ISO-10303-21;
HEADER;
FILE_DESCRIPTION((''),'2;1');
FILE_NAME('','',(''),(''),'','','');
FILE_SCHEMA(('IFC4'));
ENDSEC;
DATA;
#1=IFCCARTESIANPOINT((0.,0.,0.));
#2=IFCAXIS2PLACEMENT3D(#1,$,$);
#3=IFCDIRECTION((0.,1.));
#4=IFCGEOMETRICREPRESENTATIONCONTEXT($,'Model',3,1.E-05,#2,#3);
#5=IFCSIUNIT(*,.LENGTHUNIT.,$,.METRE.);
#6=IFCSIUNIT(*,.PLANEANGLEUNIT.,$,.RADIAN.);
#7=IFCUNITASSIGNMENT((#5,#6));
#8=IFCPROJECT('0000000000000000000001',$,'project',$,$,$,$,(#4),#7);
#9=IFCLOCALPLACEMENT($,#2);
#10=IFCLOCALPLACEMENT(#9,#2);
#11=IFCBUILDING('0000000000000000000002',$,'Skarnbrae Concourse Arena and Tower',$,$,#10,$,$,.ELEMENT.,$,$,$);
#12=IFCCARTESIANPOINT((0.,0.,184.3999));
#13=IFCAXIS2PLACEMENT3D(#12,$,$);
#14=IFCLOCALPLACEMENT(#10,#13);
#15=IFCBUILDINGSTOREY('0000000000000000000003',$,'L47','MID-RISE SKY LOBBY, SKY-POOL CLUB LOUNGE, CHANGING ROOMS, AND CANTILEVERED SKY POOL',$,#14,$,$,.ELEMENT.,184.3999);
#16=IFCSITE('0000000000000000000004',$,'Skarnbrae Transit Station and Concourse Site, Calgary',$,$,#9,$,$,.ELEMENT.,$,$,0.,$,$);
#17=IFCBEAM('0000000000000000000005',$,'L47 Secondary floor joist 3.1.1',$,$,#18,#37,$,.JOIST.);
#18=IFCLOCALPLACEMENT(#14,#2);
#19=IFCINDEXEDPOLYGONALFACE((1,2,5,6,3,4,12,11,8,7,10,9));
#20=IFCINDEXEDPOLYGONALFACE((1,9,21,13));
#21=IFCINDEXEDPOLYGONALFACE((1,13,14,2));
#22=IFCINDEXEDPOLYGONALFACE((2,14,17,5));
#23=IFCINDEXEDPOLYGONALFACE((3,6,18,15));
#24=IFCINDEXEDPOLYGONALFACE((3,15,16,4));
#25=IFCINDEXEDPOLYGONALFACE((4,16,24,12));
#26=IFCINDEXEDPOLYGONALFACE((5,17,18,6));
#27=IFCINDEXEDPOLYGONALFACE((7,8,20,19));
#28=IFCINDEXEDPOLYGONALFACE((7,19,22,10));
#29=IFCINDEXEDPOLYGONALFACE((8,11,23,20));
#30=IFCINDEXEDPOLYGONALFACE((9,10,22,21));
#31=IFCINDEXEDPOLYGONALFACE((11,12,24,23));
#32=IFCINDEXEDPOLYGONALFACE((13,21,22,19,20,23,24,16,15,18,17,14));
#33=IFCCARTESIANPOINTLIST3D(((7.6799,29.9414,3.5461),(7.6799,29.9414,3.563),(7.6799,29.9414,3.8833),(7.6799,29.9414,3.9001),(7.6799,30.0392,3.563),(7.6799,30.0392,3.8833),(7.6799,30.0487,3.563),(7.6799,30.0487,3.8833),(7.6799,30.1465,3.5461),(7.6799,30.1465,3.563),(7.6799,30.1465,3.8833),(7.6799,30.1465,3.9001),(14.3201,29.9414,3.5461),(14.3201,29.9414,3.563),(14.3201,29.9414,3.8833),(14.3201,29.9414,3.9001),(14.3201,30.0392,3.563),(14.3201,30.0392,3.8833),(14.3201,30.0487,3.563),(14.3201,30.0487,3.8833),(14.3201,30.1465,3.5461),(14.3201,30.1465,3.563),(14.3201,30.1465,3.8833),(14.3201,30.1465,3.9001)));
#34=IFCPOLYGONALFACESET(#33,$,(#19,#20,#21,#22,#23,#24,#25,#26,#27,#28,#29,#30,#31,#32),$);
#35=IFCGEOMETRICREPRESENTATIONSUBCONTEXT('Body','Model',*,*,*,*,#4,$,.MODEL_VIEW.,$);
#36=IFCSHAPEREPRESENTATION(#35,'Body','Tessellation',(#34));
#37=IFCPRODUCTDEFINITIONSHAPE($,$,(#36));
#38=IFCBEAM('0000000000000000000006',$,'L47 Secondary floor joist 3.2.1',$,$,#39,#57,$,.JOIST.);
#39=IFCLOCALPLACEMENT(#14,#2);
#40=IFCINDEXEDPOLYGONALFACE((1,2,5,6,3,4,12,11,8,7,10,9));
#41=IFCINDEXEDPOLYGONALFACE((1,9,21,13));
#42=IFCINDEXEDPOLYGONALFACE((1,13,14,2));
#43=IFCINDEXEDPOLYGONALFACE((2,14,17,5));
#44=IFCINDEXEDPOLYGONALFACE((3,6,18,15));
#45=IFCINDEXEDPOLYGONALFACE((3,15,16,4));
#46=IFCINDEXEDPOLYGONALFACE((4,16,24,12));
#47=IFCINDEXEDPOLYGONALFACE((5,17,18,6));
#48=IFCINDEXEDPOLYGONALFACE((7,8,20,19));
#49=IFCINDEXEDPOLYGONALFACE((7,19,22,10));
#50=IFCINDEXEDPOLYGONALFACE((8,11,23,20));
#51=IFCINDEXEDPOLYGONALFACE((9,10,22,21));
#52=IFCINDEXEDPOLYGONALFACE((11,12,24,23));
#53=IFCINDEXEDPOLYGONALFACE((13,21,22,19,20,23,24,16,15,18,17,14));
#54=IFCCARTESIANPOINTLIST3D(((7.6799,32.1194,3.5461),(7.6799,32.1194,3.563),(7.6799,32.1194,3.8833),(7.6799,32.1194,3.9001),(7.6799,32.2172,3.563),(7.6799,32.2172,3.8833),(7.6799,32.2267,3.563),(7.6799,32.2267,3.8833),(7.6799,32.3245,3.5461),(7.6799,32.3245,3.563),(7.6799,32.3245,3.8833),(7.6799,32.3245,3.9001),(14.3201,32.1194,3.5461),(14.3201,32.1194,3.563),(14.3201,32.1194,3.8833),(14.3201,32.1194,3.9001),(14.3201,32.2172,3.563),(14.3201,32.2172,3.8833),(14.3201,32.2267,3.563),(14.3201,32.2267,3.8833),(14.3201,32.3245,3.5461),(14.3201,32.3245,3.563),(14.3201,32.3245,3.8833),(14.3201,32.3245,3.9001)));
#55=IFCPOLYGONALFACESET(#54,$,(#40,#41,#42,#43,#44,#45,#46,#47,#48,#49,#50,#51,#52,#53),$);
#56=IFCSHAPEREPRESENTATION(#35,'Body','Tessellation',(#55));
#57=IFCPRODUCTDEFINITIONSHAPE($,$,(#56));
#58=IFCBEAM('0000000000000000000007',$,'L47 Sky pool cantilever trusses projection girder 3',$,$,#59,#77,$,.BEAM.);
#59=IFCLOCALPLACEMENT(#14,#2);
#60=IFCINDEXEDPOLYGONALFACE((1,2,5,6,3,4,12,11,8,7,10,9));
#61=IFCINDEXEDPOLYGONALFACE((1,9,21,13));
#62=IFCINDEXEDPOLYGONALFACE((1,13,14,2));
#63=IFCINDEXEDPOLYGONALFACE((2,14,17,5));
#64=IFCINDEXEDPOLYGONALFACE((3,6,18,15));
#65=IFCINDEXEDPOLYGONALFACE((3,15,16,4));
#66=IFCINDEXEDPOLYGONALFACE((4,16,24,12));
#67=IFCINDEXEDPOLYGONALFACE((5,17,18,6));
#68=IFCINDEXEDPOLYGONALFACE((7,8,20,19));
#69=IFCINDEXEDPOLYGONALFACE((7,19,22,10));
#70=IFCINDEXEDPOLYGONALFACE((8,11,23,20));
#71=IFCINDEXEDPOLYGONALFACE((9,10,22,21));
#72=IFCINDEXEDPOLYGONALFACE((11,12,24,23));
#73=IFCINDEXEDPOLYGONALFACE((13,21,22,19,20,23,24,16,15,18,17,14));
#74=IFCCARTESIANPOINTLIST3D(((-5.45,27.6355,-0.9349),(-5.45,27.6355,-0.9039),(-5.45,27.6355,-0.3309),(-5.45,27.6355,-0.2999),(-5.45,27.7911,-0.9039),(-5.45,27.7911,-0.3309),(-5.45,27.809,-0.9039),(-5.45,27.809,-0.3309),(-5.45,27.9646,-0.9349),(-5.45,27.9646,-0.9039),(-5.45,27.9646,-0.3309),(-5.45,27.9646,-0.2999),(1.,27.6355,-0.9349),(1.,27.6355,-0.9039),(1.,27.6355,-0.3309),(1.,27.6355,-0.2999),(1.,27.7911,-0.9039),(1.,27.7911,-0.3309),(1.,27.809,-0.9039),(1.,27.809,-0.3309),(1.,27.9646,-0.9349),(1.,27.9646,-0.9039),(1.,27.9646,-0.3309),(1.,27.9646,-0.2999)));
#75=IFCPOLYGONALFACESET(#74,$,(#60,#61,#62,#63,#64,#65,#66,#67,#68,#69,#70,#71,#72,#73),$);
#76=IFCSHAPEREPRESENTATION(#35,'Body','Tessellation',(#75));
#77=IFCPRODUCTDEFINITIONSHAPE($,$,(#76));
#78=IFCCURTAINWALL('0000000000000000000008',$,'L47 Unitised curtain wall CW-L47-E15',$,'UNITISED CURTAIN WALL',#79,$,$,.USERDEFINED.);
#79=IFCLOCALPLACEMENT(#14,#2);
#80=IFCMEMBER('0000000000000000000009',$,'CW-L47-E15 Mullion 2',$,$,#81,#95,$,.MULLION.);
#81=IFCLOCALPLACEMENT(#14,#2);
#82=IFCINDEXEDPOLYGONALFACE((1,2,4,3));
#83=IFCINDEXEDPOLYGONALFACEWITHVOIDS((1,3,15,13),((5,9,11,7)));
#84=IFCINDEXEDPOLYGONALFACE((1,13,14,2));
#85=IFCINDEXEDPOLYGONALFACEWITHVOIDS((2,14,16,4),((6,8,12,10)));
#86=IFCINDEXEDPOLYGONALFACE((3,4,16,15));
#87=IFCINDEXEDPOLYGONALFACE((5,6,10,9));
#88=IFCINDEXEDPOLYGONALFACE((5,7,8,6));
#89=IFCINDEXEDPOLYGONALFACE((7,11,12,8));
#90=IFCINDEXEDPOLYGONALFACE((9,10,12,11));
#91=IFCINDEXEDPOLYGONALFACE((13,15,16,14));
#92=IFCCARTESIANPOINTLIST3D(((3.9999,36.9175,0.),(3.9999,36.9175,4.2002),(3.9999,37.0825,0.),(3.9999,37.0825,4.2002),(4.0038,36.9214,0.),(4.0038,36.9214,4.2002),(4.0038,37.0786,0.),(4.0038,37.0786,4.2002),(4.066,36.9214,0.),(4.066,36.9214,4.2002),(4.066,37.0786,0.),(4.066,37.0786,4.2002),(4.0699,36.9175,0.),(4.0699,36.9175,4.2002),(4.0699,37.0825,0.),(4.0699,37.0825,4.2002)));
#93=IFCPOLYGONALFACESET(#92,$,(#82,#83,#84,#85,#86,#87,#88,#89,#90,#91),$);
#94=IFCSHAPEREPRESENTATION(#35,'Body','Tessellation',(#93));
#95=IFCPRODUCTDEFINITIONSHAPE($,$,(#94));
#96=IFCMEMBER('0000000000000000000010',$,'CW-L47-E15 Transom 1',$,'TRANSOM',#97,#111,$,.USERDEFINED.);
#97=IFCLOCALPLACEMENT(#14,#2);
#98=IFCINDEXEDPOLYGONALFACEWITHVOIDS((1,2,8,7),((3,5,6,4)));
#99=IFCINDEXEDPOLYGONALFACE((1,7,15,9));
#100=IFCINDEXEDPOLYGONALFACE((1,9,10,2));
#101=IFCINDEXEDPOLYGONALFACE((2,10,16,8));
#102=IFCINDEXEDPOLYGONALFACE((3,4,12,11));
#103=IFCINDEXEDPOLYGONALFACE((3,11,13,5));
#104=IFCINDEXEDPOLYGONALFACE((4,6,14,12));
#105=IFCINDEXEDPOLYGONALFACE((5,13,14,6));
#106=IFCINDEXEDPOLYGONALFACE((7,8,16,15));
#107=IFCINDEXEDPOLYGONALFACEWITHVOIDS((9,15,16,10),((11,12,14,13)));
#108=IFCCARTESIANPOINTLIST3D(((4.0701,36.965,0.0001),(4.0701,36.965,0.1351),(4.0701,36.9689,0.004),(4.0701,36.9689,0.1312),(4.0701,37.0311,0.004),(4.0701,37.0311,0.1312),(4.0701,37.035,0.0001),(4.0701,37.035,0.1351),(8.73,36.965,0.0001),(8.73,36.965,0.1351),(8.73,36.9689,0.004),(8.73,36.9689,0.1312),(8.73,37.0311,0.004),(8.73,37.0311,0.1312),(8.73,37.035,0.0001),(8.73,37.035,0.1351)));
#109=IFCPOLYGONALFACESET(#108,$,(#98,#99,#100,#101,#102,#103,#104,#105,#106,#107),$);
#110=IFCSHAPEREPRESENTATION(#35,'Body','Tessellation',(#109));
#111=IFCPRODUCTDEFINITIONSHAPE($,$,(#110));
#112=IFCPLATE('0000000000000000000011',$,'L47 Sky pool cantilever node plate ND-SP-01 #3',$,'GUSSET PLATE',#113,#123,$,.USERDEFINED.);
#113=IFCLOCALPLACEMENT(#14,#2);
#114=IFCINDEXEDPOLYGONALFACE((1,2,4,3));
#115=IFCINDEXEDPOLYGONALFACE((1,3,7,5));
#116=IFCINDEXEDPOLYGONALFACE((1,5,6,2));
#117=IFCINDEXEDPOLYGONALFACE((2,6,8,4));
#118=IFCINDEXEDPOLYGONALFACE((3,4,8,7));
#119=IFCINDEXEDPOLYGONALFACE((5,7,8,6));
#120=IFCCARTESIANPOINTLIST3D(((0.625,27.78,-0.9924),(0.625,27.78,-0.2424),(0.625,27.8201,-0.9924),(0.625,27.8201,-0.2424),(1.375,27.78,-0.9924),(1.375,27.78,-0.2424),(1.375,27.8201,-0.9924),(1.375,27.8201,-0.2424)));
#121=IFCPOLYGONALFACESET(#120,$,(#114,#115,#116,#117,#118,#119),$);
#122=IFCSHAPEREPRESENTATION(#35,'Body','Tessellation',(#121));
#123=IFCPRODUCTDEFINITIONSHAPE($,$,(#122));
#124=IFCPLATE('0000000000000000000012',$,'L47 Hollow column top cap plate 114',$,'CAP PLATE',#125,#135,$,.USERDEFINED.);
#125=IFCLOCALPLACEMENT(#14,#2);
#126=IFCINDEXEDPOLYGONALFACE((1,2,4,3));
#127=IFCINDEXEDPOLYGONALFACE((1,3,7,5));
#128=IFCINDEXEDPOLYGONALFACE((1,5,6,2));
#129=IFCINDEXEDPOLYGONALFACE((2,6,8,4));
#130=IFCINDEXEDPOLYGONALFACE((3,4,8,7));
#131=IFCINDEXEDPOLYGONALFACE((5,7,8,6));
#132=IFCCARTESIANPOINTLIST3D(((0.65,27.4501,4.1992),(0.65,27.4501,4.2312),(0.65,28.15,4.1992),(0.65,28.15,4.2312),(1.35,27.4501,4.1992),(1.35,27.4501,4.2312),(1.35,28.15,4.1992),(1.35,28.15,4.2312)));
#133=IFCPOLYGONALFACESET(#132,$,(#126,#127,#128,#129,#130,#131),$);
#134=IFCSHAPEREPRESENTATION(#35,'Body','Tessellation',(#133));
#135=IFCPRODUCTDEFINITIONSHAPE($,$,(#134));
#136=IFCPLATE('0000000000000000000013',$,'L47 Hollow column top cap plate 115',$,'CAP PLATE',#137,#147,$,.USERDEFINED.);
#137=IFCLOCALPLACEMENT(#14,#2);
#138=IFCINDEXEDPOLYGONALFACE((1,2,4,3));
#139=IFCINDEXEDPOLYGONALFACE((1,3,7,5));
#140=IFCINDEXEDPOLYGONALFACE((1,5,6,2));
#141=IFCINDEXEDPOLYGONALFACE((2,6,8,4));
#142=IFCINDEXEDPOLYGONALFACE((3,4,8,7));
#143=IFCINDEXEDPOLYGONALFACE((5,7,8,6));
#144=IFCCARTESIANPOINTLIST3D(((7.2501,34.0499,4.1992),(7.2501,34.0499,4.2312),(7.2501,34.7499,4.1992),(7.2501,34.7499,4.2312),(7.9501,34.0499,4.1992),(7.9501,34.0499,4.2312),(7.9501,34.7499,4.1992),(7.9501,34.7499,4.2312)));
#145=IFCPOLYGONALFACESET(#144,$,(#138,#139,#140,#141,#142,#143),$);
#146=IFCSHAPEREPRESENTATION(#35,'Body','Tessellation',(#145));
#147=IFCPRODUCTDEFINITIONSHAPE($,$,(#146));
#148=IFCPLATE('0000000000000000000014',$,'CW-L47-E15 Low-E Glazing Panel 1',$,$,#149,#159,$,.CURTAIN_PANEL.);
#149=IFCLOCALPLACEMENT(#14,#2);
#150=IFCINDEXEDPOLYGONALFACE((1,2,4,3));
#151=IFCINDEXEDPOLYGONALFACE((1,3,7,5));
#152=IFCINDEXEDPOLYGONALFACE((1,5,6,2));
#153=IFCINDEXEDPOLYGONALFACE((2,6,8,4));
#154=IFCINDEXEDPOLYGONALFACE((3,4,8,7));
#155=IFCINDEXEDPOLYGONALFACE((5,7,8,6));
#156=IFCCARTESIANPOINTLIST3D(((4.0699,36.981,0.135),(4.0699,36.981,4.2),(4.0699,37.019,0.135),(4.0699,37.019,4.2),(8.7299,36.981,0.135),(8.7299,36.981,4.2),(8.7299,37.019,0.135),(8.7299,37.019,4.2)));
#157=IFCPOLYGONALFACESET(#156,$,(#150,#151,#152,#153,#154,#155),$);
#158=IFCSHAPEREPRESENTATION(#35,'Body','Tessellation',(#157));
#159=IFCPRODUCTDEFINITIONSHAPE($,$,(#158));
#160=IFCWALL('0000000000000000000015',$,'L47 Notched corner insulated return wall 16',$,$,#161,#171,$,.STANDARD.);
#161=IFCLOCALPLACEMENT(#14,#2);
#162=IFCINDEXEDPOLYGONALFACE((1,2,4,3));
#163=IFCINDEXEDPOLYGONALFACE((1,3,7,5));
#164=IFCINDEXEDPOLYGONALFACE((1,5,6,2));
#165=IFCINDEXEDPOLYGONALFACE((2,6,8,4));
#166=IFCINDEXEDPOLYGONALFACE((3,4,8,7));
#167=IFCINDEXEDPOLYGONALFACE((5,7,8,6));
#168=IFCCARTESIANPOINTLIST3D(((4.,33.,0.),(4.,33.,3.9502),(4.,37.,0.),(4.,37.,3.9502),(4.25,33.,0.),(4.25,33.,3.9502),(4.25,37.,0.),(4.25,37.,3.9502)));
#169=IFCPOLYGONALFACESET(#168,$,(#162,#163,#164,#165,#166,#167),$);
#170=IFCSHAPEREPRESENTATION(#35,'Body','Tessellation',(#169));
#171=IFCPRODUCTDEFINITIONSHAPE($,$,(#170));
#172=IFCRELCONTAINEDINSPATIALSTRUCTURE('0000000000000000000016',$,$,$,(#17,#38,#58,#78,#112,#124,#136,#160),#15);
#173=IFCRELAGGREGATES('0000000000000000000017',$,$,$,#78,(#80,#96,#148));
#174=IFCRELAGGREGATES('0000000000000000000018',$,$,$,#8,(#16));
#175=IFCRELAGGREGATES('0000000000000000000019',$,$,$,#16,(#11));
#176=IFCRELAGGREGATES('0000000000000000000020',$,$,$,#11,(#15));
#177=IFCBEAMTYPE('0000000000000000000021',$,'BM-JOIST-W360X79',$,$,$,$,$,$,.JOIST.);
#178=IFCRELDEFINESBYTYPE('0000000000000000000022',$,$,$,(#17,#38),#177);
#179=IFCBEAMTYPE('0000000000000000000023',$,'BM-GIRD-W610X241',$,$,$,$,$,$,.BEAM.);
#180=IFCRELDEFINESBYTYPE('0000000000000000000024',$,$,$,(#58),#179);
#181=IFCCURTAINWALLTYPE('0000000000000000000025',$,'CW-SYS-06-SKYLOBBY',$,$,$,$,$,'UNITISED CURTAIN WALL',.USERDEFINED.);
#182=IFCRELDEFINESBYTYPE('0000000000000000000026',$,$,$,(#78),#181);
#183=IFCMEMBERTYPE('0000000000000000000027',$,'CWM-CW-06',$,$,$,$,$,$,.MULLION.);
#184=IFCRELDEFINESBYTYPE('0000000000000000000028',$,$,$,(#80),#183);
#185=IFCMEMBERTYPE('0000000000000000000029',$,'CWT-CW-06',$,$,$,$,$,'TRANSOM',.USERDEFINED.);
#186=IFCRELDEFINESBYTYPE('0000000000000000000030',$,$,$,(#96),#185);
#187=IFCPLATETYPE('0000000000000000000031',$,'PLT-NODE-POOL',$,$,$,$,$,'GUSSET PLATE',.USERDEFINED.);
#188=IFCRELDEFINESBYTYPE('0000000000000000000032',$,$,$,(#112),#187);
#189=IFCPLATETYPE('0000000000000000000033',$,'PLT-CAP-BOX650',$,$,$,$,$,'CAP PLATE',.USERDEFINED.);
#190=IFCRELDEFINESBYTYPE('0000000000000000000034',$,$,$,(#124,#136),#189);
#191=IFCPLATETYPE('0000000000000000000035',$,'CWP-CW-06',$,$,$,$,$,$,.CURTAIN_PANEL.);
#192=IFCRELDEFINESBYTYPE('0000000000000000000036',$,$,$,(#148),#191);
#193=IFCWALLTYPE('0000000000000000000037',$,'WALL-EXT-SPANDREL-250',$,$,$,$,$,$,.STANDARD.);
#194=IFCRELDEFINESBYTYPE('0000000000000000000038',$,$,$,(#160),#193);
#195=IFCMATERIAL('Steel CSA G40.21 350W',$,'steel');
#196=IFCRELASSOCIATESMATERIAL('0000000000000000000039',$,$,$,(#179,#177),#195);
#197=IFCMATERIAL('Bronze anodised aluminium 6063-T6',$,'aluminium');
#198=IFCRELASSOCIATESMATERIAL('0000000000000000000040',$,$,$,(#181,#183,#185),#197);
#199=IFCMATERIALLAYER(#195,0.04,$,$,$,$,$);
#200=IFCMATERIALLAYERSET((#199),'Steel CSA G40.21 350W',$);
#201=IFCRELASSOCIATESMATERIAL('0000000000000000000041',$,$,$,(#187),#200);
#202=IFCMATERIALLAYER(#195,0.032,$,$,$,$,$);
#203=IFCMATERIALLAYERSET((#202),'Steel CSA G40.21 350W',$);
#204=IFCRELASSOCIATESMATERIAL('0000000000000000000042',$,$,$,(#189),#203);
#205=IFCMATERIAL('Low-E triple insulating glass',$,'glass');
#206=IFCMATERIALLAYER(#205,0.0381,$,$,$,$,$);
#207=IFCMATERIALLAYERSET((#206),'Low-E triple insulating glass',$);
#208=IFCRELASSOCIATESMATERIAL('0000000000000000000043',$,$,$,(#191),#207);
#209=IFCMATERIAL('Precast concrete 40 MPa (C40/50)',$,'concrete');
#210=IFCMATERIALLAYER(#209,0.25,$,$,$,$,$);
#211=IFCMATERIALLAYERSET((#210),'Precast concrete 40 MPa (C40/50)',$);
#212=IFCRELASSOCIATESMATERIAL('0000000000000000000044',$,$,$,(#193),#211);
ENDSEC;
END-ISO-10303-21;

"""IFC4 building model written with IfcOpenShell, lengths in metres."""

from ifc_helpers import new_model, si_unit, direction, frame, frame_2d, origin, origin_2d, place, context, subcontext, project, spatial, rectangle, hollow_rectangle, i_section, extrude, source, transform, mapped, material, layer, layer_set, material_profile, profile_set, type_object, element, aggregate, save


model = new_model("IFC4")

# Units and contexts
model_context = context("Model", 3, precision=1e-05, world=origin(), true_north=direction((0.0, 1.0)))
body_context = subcontext(model_context, "Body", "Model", "MODEL_VIEW")
ifc_project = project(units=[si_unit("LENGTHUNIT", "METRE"), si_unit("PLANEANGLEUNIT", "RADIAN")], contexts=[model_context])

# Site, building, storey
site_placement = place(None, origin())
site = spatial("IfcSite", under=ifc_project, at=site_placement, Name="Skarnbrae Transit Station and Concourse Site, Calgary", CompositionType="ELEMENT", RefElevation=0.0)
building_placement = place(site_placement, origin())
building = spatial("IfcBuilding", under=site, at=building_placement, Name="Skarnbrae Concourse Arena and Tower", CompositionType="ELEMENT")
storey_placement = place(building_placement, frame((0.0, 0.0, 184.3999)))
storey = spatial("IfcBuildingStorey", under=building, at=storey_placement, Name="L47", Description="MID-RISE SKY LOBBY, SKY-POOL CLUB LOUNGE, CHANGING ROOMS, AND CANTILEVERED SKY POOL", CompositionType="ELEMENT", Elevation=184.3999)

# Shared definitions
ifc_material_1 = material(Name="Steel CSA G40.21 350W", Category="steel")

# Beams
ifc_material_profile_1 = material_profile(ifc_material_1, i_section(OverallWidth=0.3291, OverallDepth=0.635, WebThickness=0.0178, FlangeThickness=0.031, at=origin_2d()), Name="W610X241")
ifc_profile_set_1 = profile_set([ifc_material_profile_1], Name="Steel CSA G40.21 350W")
beam_type_1 = type_object("IfcBeamType", Name="BM-GIRD-W610X241", PredefinedType="BEAM", material=ifc_profile_set_1)
ifc_material_profile_2 = material_profile(ifc_material_1, i_section(OverallWidth=0.2051, OverallDepth=0.354, WebThickness=0.0095, FlangeThickness=0.0168, at=origin_2d()), Name="W360X79")
ifc_profile_set_2 = profile_set([ifc_material_profile_2], Name="Steel CSA G40.21 350W")
beam_type_2 = type_object("IfcBeamType", Name="BM-JOIST-W360X79", PredefinedType="JOIST", material=ifc_profile_set_2)
shared_shape_1 = source(origin(), body_context, "Body", "SweptSolid", [
    extrude(i_section(OverallWidth=0.2051, OverallDepth=0.354, WebThickness=0.0095, FlangeThickness=0.0168, at=origin_2d()), origin(), (0.0, 0.0, 1.0), 6.6401),
])
for number, where, z_axis, x_axis, name in (
    (1, (7.6799, 30.0439, 3.7231), (1.0, 0.0, 0.0), (0.0, 1.0, 0.0), "L47 Secondary floor joist 3.1.1"),
    (2, (7.6799, 32.2219, 3.7231), (1.0, 0.0, 0.0), (0.0, 1.0, 0.0), "L47 Secondary floor joist 3.2.1"),
):
    element("IfcBeam", number, at=place(storey_placement, frame(where, z_axis=z_axis, x_axis=x_axis)), inside=storey, type_object=beam_type_2, Name=name, PredefinedType="JOIST", context=body_context, shape_type="MappedRepresentation", body=[
        mapped(shared_shape_1, transform((0.0, 0.0, 0.0))),
    ])
shared_shape_2 = source(origin(), body_context, "Body", "SweptSolid", [
    extrude(i_section(OverallWidth=0.3291, OverallDepth=0.635, WebThickness=0.0178, FlangeThickness=0.031, at=origin_2d()), origin(), (0.0, 0.0, 1.0), 6.45),
])
beam_1_placement = place(storey_placement, frame((1.0, 27.8, -0.6174), z_axis=(-1.0, 0.0, 0.0), x_axis=(0.0, -1.0, 0.0)))
element("IfcBeam", 3, at=beam_1_placement, inside=storey, type_object=beam_type_1, Name="L47 Sky pool cantilever trusses projection girder 3", PredefinedType="BEAM", context=body_context, shape_type="MappedRepresentation", body=[
    mapped(shared_shape_2, transform((0.0, 0.0, 0.0))),
])

# Curtain wall, members
ifc_material_2 = material(Name="Bronze anodised aluminium 6063-T6", Category="aluminium")
curtain_wall_type = type_object("IfcCurtainWallType", Name="CW-SYS-06-SKYLOBBY", ElementType="UNITISED CURTAIN WALL", PredefinedType="USERDEFINED", material=ifc_material_2)
curtain_wall_placement = place(storey_placement, origin())
curtain_wall = element("IfcCurtainWall", 4, at=curtain_wall_placement, inside=storey, type_object=curtain_wall_type, Name="L47 Unitised curtain wall CW-L47-E15", ObjectType="UNITISED CURTAIN WALL", PredefinedType="USERDEFINED")
ifc_material_profile_3 = material_profile(ifc_material_2, hollow_rectangle(XDim=0.0701, YDim=0.165, WallThickness=0.0039, at=origin_2d()), Name="ALU-MULL-70X165")
ifc_profile_set_3 = profile_set([ifc_material_profile_3], Name="Bronze anodised aluminium 6063-T6")
member_type_1 = type_object("IfcMemberType", Name="CWM-CW-06", PredefinedType="MULLION", material=ifc_profile_set_3)
shared_shape_3 = source(origin(), body_context, "Body", "SweptSolid", [
    extrude(hollow_rectangle(XDim=0.0701, YDim=0.165, WallThickness=0.0039, at=origin_2d()), origin(), (0.0, 0.0, 1.0), 4.2002),
])
member_1_placement = place(storey_placement, frame((4.0349, 37.0, 0.0), z_axis=(0.0, 0.0, 1.0), x_axis=(-1.0, 0.0, 0.0)))
member_1 = element("IfcMember", 5, at=member_1_placement, type_object=member_type_1, Name="CW-L47-E15 Mullion 2", PredefinedType="MULLION", context=body_context, shape_type="MappedRepresentation", body=[
    mapped(shared_shape_3, transform((0.0, 0.0, 0.0))),
])
ifc_material_profile_4 = material_profile(ifc_material_2, hollow_rectangle(XDim=0.0701, YDim=0.135, WallThickness=0.0039, at=origin_2d()), Name="ALU-TRAN-70X135")
ifc_profile_set_4 = profile_set([ifc_material_profile_4], Name="Bronze anodised aluminium 6063-T6")
member_type_2 = type_object("IfcMemberType", Name="CWT-CW-06", ElementType="TRANSOM", PredefinedType="USERDEFINED", material=ifc_profile_set_4)
shared_shape_4 = source(origin(), body_context, "Body", "SweptSolid", [
    extrude(hollow_rectangle(XDim=0.0701, YDim=0.135, WallThickness=0.0039, at=origin_2d()), origin(), (0.0, 0.0, 1.0), 4.6599),
])
member_2_placement = place(storey_placement, frame((8.73, 37.0, 0.0676), z_axis=(-1.0, 0.0, 0.0), x_axis=(0.0, -1.0, 0.0)))
member_2 = element("IfcMember", 6, at=member_2_placement, type_object=member_type_2, Name="CW-L47-E15 Transom 1", ObjectType="TRANSOM", PredefinedType="USERDEFINED", context=body_context, shape_type="MappedRepresentation", body=[
    mapped(shared_shape_4, transform((0.0, 0.0, 0.0))),
])

# Plates
ifc_layer_1 = layer(ifc_material_1, 0.04)
ifc_layer_set_1 = layer_set([ifc_layer_1], Name="Steel CSA G40.21 350W")
plate_type_1 = type_object("IfcPlateType", Name="PLT-NODE-POOL", ElementType="GUSSET PLATE", PredefinedType="USERDEFINED", material=ifc_layer_set_1)
shared_shape_5 = source(origin(), body_context, "Body", "SweptSolid", [
    extrude(rectangle(XDim=0.75, YDim=0.04, at=origin_2d()), origin(), (0.0, 0.0, 1.0), 0.75),
])
plate_1_placement = place(storey_placement, frame((1.0, 27.8, -0.9924), z_axis=(0.0, 0.0, 1.0), x_axis=(1.0, 0.0, 0.0)))
element("IfcPlate", 7, at=plate_1_placement, inside=storey, type_object=plate_type_1, Name="L47 Sky pool cantilever node plate ND-SP-01 #3", ObjectType="GUSSET PLATE", PredefinedType="USERDEFINED", context=body_context, shape_type="MappedRepresentation", body=[
    mapped(shared_shape_5, transform((0.0, 0.0, 0.0))),
])
ifc_layer_2 = layer(ifc_material_1, 0.032)
ifc_layer_set_2 = layer_set([ifc_layer_2], Name="Steel CSA G40.21 350W")
plate_type_2 = type_object("IfcPlateType", Name="PLT-CAP-BOX650", ElementType="CAP PLATE", PredefinedType="USERDEFINED", material=ifc_layer_set_2)
shared_shape_6 = source(origin(), body_context, "Body", "SweptSolid", [
    extrude(rectangle(XDim=0.7, YDim=0.7, at=origin_2d()), origin(), (0.0, 0.0, 1.0), 0.032),
])
for number, where, z_axis, x_axis, name in (
    (8, (1.0, 27.8, 4.1992), (0.0, 0.0, 1.0), (1.0, 0.0, 0.0), "L47 Hollow column top cap plate 114"),
    (9, (7.6001, 34.3999, 4.1992), (0.0, 0.0, 1.0), (1.0, 0.0, 0.0), "L47 Hollow column top cap plate 115"),
):
    element("IfcPlate", number, at=place(storey_placement, frame(where, z_axis=z_axis, x_axis=x_axis)), inside=storey, type_object=plate_type_2, Name=name, ObjectType="CAP PLATE", PredefinedType="USERDEFINED", context=body_context, shape_type="MappedRepresentation", body=[
        mapped(shared_shape_6, transform((0.0, 0.0, 0.0))),
    ])

# Plate
ifc_material_3 = material(Name="Low-E triple insulating glass", Category="glass")
ifc_layer_3 = layer(ifc_material_3, 0.0381)
ifc_layer_set_3 = layer_set([ifc_layer_3], Name="Low-E triple insulating glass")
plate_type_3 = type_object("IfcPlateType", Name="CWP-CW-06", PredefinedType="CURTAIN_PANEL", material=ifc_layer_set_3)
shared_shape_7 = source(origin(), body_context, "Body", "SweptSolid", [
    extrude(rectangle(XDim=4.6599, YDim=0.0381, at=origin_2d()), origin(), (0.0, 0.0, 1.0), 4.0649),
])
plate_2_placement = place(storey_placement, frame((6.3999, 37.0, 0.135), z_axis=(0.0, 0.0, 1.0), x_axis=(-1.0, 0.0, 0.0)))
plate_2 = element("IfcPlate", 10, at=plate_2_placement, type_object=plate_type_3, Name="CW-L47-E15 Low-E Glazing Panel 1", PredefinedType="CURTAIN_PANEL", context=body_context, shape_type="MappedRepresentation", body=[
    mapped(shared_shape_7, transform((0.0, 0.0, 0.0))),
])
aggregate(curtain_wall, [member_1, member_2, plate_2])

# Wall
ifc_material_4 = material(Name="Precast concrete 40 MPa (C40/50)", Category="concrete")
ifc_layer_4 = layer(ifc_material_4, 0.25)
ifc_layer_set_4 = layer_set([ifc_layer_4], Name="Precast concrete 40 MPa (C40/50)")
wall_type_1 = type_object("IfcWallType", Name="WALL-EXT-SPANDREL-250", PredefinedType="STANDARD", material=ifc_layer_set_4)
shared_shape_8 = source(origin(), body_context, "Body", "SweptSolid", [
    extrude(rectangle(XDim=4.0, YDim=0.25, at=frame_2d((2.0, 0.0))), origin(), (0.0, 0.0, 1.0), 3.9502),
])
for number, where, z_axis, x_axis, name in (
    (11, (4.125, 37.0, 0.0), (0.0, 0.0, 1.0), (0.0, -1.0, 0.0), "L47 Notched corner insulated return wall 16"),
):
    element("IfcWall", number, at=place(storey_placement, frame(where, z_axis=z_axis, x_axis=x_axis)), inside=storey, type_object=wall_type_1, Name=name, PredefinedType="STANDARD", context=body_context, shape_type="MappedRepresentation", body=[
        mapped(shared_shape_8, transform((0.0, 0.0, 0.0))),
    ])

save(model, "model.ifc")
